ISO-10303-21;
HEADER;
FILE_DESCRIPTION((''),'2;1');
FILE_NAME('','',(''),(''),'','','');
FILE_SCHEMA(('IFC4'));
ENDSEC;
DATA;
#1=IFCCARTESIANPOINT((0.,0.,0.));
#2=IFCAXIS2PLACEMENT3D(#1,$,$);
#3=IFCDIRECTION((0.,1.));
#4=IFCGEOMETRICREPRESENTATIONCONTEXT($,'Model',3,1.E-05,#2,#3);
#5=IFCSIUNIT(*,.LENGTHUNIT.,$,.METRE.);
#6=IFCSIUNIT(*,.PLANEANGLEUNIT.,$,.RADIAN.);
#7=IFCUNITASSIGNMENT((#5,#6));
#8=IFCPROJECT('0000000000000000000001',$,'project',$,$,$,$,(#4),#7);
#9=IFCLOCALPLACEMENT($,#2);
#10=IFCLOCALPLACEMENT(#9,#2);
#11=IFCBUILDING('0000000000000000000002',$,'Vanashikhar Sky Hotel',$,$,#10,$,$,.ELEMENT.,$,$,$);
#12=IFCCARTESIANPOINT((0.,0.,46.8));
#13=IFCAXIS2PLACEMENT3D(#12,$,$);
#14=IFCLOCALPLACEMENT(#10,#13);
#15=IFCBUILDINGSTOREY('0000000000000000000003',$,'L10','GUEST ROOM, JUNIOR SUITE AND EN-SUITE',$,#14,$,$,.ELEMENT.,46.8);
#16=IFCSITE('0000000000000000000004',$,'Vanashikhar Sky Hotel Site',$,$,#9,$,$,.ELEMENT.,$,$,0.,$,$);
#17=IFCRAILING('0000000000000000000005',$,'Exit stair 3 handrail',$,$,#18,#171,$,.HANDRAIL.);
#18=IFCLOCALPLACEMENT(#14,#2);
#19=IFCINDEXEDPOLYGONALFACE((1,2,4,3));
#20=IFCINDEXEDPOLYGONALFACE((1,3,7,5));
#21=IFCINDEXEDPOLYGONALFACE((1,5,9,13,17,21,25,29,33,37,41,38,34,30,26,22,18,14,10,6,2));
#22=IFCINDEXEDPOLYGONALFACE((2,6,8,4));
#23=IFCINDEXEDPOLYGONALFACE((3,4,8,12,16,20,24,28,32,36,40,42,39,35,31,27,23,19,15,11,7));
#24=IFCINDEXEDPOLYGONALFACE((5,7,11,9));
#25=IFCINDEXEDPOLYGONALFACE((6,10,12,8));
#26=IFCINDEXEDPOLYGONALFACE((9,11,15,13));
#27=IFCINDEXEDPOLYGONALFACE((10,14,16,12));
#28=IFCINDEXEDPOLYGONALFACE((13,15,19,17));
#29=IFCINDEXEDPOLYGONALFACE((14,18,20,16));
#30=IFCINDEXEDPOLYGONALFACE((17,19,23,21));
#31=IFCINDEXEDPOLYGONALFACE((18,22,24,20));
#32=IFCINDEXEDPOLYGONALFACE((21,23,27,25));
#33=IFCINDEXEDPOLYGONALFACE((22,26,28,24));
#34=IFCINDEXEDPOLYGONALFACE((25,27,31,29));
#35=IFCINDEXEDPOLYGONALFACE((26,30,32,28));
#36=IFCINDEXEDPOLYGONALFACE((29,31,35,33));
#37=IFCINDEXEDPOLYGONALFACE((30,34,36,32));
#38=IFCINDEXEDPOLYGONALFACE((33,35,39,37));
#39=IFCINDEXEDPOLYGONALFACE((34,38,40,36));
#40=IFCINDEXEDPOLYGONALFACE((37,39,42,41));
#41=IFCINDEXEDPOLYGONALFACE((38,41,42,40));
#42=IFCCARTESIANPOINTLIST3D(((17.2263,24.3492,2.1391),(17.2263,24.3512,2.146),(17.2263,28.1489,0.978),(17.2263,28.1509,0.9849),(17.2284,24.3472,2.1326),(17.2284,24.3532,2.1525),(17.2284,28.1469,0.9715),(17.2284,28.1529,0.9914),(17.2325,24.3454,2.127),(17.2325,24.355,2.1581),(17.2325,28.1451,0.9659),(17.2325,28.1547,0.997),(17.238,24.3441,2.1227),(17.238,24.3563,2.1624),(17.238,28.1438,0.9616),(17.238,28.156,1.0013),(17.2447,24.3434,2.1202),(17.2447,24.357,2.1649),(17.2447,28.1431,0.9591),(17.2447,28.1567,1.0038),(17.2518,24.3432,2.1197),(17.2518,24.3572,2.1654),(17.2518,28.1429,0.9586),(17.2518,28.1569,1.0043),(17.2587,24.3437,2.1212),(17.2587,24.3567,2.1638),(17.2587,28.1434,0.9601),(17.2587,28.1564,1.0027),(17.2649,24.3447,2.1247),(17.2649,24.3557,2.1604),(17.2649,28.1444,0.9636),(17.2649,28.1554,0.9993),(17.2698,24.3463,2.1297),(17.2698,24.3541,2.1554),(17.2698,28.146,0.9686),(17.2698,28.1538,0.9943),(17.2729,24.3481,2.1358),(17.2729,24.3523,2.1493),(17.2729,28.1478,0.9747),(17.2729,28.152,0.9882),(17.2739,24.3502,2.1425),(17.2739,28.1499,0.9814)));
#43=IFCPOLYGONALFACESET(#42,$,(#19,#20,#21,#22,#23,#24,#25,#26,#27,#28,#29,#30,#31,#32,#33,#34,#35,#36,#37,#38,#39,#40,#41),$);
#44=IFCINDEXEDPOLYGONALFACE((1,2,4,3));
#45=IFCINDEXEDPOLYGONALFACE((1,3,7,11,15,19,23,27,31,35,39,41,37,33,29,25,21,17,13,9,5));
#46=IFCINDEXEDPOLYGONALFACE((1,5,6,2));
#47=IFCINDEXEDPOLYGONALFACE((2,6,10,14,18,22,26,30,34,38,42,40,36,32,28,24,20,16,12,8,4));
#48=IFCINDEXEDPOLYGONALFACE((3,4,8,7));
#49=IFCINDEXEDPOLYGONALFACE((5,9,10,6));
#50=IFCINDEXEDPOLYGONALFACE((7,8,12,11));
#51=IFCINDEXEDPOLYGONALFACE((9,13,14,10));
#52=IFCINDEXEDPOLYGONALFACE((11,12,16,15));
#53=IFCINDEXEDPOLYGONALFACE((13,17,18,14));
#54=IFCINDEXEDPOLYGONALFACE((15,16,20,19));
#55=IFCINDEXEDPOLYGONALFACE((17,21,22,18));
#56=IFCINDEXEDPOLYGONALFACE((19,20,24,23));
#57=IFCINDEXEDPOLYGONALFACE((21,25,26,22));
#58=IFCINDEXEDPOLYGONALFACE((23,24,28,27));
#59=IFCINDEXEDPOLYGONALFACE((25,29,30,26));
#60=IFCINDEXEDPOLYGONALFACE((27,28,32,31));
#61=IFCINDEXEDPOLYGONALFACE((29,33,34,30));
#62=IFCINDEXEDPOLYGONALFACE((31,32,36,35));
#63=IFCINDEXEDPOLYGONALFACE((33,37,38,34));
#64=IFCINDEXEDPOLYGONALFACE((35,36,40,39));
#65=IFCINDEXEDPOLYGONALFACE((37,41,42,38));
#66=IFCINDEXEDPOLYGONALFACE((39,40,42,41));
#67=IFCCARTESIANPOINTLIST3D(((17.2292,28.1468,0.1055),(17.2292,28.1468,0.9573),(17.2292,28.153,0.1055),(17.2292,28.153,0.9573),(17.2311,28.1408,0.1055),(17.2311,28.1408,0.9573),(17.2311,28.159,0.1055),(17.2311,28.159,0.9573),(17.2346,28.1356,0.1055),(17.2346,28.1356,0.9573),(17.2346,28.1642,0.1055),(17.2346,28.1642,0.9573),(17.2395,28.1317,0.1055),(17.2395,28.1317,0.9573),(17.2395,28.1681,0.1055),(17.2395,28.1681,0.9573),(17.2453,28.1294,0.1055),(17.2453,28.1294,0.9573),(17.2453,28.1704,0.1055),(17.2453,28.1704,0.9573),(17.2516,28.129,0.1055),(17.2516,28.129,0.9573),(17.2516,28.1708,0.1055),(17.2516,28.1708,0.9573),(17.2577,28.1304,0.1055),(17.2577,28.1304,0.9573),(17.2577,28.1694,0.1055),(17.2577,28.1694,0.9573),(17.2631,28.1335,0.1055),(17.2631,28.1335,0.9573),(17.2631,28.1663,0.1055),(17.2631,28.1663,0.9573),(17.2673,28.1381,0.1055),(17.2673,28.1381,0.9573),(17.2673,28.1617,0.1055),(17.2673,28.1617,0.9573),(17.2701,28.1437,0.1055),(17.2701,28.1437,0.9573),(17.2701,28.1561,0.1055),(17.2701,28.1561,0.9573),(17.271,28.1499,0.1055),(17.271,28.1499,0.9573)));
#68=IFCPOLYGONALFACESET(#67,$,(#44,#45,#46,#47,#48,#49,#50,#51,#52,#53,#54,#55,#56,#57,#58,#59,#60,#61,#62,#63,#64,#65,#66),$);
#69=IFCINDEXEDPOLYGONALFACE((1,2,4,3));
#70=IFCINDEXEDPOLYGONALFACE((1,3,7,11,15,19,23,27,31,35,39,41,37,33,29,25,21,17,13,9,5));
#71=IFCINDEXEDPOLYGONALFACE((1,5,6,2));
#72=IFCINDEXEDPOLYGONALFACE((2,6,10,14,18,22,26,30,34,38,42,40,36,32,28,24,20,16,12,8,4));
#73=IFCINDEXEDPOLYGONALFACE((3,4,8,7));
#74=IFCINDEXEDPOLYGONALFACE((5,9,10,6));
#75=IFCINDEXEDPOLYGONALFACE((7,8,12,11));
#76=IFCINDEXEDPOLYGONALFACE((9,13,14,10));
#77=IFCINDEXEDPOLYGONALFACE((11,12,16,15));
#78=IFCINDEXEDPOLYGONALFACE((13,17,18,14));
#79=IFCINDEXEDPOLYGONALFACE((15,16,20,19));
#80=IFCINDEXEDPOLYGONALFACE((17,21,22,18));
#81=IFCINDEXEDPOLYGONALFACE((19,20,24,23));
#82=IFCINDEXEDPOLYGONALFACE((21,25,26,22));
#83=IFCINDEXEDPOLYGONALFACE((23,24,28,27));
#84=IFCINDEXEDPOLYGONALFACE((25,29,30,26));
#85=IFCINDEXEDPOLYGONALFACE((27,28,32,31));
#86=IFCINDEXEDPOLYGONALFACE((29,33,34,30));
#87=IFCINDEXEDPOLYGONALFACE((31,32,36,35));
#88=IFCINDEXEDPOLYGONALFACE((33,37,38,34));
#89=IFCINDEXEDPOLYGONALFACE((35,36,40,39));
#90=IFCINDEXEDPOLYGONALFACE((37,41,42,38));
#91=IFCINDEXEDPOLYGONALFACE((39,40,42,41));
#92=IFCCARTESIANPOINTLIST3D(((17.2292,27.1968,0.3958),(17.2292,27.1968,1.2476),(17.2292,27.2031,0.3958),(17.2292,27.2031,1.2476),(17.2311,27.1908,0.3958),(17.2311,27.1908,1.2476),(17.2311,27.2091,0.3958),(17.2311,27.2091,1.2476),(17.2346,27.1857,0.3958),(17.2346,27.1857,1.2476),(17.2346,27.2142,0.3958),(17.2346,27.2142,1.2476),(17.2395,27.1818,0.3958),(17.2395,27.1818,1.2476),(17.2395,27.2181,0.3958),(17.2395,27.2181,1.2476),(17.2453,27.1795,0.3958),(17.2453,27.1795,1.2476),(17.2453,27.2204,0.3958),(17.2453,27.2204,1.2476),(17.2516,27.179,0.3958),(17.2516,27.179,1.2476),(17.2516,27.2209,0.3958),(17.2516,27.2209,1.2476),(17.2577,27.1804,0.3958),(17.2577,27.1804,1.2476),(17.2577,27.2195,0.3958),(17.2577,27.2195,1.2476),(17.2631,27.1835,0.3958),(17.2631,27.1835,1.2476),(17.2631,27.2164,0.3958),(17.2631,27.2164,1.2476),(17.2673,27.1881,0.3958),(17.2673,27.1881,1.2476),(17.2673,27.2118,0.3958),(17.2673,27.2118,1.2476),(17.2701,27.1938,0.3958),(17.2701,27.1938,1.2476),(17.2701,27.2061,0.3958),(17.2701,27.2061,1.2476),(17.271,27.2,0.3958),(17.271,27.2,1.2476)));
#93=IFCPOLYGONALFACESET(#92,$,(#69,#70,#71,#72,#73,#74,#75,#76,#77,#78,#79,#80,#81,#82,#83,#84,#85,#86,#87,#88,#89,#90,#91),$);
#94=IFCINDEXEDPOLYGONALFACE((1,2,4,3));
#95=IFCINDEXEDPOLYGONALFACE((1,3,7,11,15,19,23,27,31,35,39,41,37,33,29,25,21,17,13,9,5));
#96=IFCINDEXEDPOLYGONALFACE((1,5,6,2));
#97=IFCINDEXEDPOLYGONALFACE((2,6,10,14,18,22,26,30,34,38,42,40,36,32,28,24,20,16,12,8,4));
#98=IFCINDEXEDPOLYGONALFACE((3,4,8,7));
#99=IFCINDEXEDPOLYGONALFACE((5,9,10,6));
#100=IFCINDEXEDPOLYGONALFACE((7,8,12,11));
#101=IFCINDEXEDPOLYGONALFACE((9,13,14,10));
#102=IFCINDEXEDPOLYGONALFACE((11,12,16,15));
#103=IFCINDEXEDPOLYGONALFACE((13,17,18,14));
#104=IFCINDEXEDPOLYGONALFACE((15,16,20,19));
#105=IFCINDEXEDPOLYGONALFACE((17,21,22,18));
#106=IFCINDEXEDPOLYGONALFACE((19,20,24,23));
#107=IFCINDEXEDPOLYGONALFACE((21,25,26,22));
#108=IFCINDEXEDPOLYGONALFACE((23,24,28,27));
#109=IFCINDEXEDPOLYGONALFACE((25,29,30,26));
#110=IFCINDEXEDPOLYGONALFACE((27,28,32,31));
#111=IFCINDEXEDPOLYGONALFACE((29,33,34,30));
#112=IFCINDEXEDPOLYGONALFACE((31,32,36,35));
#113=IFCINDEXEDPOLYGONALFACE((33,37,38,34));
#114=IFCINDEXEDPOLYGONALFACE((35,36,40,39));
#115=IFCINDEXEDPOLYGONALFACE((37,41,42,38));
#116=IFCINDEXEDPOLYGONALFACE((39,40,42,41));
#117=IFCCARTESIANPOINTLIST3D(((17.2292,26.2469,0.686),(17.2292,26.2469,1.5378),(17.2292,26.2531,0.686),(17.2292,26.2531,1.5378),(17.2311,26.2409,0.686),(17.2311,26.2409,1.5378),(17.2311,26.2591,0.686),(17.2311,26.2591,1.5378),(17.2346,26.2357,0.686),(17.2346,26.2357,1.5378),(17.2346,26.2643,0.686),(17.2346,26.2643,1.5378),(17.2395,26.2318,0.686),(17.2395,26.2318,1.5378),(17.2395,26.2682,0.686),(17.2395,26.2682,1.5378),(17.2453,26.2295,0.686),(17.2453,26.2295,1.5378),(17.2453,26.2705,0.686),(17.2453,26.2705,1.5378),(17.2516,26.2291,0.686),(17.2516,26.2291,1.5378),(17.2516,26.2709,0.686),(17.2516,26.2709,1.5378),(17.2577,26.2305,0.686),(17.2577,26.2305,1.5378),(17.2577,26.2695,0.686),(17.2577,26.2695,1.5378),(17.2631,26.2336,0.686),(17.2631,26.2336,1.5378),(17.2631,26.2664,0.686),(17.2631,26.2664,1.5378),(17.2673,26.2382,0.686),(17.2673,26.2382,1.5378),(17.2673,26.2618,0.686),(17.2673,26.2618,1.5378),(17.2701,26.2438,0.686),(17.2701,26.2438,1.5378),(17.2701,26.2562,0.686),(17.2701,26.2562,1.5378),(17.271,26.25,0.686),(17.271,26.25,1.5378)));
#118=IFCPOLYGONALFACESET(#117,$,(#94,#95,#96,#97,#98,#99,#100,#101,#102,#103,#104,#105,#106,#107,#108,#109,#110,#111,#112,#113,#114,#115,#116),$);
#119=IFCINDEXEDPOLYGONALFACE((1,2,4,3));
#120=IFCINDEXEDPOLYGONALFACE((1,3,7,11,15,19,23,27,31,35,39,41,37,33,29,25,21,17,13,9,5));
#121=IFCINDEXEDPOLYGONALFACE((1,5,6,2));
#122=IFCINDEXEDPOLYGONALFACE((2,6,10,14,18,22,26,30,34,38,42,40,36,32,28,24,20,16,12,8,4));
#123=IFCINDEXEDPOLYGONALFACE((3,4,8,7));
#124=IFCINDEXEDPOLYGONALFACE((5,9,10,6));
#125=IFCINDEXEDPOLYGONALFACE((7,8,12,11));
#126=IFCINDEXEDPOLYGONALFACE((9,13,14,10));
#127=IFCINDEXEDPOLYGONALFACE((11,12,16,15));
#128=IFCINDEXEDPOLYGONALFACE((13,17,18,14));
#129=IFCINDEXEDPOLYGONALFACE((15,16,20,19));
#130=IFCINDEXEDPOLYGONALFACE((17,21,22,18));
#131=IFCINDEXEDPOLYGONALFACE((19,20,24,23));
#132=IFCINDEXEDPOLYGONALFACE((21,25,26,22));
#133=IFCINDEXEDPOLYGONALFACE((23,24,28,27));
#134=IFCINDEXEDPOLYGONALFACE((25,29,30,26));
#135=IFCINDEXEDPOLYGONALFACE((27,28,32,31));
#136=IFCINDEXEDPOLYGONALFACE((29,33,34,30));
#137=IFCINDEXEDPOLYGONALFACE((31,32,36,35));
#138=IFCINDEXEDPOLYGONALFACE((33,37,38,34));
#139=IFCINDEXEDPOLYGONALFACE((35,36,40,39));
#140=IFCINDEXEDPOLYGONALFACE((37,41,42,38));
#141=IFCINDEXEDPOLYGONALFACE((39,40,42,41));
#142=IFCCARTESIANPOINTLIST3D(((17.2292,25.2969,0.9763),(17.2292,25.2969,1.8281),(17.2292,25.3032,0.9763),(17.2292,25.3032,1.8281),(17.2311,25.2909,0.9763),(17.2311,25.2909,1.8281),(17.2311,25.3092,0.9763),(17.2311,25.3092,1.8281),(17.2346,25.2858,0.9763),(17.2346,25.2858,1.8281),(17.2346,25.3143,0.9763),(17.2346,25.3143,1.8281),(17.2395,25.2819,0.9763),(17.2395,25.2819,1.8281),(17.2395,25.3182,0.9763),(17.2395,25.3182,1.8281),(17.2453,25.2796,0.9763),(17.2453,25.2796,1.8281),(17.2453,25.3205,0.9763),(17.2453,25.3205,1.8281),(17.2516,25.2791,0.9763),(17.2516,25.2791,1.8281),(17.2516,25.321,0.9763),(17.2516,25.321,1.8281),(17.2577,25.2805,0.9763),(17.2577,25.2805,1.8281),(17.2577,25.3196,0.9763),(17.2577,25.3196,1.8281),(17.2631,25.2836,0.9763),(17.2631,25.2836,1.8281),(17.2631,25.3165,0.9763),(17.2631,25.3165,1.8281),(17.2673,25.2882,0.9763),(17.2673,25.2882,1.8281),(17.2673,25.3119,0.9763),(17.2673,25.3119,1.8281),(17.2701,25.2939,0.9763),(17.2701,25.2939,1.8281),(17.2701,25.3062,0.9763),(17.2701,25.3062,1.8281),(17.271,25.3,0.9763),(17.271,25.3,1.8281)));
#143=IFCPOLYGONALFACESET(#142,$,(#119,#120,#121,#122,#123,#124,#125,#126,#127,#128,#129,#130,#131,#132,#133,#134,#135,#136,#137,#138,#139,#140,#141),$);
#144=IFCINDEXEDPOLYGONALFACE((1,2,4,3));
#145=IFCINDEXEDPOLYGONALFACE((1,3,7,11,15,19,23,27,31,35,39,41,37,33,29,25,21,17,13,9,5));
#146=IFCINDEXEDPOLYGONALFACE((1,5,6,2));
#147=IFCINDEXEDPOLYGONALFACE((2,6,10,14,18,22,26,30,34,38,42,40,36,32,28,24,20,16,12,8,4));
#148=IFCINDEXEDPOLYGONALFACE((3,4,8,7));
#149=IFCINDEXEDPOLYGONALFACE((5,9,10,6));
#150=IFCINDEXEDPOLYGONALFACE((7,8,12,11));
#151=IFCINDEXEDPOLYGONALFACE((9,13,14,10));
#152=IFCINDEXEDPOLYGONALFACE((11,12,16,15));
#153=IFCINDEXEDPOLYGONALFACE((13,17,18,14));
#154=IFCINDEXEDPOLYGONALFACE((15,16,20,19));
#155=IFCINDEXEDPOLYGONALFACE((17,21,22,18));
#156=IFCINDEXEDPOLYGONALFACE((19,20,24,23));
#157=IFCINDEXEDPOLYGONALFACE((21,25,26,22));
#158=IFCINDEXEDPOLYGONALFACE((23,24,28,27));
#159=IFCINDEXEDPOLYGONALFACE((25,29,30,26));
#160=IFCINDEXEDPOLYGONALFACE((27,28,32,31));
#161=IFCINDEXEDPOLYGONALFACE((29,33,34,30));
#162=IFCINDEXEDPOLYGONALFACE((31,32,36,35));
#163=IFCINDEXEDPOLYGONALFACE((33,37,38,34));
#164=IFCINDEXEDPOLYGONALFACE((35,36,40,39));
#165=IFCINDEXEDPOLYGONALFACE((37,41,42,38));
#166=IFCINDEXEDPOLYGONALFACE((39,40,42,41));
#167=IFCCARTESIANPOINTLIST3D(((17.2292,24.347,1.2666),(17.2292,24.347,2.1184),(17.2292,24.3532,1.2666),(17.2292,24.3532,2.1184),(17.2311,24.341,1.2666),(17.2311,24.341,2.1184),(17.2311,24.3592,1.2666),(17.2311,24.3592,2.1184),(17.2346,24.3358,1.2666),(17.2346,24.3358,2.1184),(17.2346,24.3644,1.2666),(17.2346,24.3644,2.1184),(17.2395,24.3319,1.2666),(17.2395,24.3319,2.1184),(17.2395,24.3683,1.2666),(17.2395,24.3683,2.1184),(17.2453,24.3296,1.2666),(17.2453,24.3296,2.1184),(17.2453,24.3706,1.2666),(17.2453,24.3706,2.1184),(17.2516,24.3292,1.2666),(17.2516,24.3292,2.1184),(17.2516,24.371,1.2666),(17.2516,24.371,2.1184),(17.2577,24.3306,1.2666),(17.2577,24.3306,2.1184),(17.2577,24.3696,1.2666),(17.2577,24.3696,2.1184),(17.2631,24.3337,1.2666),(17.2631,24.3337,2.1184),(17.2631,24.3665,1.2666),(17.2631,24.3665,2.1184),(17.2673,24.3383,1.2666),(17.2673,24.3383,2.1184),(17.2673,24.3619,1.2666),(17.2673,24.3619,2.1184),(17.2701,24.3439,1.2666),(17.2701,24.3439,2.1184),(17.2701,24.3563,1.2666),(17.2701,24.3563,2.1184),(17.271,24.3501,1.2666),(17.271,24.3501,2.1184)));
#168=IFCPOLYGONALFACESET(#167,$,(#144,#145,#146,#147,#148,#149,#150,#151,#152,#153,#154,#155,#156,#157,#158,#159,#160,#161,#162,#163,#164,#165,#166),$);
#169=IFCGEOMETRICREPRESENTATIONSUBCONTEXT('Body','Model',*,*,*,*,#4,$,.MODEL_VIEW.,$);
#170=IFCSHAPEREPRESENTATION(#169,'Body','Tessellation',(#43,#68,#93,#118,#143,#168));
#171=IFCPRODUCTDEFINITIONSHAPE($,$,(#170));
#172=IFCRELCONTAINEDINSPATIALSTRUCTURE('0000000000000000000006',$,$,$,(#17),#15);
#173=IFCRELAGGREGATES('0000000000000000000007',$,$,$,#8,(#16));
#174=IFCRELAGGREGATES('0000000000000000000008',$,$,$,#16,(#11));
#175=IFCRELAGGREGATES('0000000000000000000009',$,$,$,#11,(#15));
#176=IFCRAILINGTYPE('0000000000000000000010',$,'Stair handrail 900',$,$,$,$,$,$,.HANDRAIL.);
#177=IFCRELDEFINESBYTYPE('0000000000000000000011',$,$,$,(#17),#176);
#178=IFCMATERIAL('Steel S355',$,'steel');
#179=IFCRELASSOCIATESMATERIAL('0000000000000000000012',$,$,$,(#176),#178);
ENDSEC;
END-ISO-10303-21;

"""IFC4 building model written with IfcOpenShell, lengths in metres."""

from ifc_helpers import new_model, si_unit, direction, frame, origin, origin_2d, place, context, subcontext, project, spatial, circle, extrude, source, transform, mapped, material, type_object, element, save


model = new_model("IFC4")

# Units and contexts
model_context = context("Model", 3, precision=1e-05, world=origin(), true_north=direction((0.0, 1.0)))
body_context = subcontext(model_context, "Body", "Model", "MODEL_VIEW")
ifc_project = project(units=[si_unit("LENGTHUNIT", "METRE"), si_unit("PLANEANGLEUNIT", "RADIAN")], contexts=[model_context])

# Site, building, storey
site_placement = place(None, origin())
site = spatial("IfcSite", under=ifc_project, at=site_placement, Name="Vanashikhar Sky Hotel Site", CompositionType="ELEMENT", RefElevation=0.0)
building_placement = place(site_placement, origin())
building = spatial("IfcBuilding", under=site, at=building_placement, Name="Vanashikhar Sky Hotel", CompositionType="ELEMENT")
storey_placement = place(building_placement, frame((0.0, 0.0, 46.8)))
storey = spatial("IfcBuildingStorey", under=building, at=storey_placement, Name="L10", Description="GUEST ROOM, JUNIOR SUITE AND EN-SUITE", CompositionType="ELEMENT", Elevation=46.8)

# Railing
ifc_material_1 = material(Name="Steel S355", Category="steel")
railing_type_1 = type_object("IfcRailingType", Name="Stair handrail 900", PredefinedType="HANDRAIL", material=ifc_material_1)
shared_shape_1 = source(origin(), body_context, "Body", "SweptSolid", [
    extrude(circle(Radius=0.0239, at=origin_2d()), frame((0.0, 0.0, 0.876), z_axis=(0.0, -0.956346, 0.292237), x_axis=(1.0, 0.0, 0.0)), (0.0, 0.0, 1.0), 3.9731),
    extrude(circle(Radius=0.021, at=origin_2d()), origin(), (0.0, 0.0, 1.0), 0.8518),
    extrude(circle(Radius=0.021, at=origin_2d()), frame((0.0, -0.95, 0.2903)), (0.0, 0.0, 1.0), 0.8518),
    extrude(circle(Radius=0.021, at=origin_2d()), frame((0.0, -1.8999, 0.5806)), (0.0, 0.0, 1.0), 0.8518),
    extrude(circle(Radius=0.021, at=origin_2d()), frame((0.0, -2.8499, 0.8708)), (0.0, 0.0, 1.0), 0.8518),
    extrude(circle(Radius=0.021, at=origin_2d()), frame((0.0, -3.7998, 1.1611)), (0.0, 0.0, 1.0), 0.8518),
])
for number, where, name in (
    (1, (17.25, 28.1499, 0.1055), "Exit stair 3 handrail"),
):
    element("IfcRailing", number, at=place(storey_placement, frame(where)), inside=storey, type_object=railing_type_1, Name=name, PredefinedType="HANDRAIL", context=body_context, shape_type="MappedRepresentation", body=[
        mapped(shared_shape_1, transform((0.0, 0.0, 0.0), scale=1.0)),
    ])

save(model, "model.ifc")
